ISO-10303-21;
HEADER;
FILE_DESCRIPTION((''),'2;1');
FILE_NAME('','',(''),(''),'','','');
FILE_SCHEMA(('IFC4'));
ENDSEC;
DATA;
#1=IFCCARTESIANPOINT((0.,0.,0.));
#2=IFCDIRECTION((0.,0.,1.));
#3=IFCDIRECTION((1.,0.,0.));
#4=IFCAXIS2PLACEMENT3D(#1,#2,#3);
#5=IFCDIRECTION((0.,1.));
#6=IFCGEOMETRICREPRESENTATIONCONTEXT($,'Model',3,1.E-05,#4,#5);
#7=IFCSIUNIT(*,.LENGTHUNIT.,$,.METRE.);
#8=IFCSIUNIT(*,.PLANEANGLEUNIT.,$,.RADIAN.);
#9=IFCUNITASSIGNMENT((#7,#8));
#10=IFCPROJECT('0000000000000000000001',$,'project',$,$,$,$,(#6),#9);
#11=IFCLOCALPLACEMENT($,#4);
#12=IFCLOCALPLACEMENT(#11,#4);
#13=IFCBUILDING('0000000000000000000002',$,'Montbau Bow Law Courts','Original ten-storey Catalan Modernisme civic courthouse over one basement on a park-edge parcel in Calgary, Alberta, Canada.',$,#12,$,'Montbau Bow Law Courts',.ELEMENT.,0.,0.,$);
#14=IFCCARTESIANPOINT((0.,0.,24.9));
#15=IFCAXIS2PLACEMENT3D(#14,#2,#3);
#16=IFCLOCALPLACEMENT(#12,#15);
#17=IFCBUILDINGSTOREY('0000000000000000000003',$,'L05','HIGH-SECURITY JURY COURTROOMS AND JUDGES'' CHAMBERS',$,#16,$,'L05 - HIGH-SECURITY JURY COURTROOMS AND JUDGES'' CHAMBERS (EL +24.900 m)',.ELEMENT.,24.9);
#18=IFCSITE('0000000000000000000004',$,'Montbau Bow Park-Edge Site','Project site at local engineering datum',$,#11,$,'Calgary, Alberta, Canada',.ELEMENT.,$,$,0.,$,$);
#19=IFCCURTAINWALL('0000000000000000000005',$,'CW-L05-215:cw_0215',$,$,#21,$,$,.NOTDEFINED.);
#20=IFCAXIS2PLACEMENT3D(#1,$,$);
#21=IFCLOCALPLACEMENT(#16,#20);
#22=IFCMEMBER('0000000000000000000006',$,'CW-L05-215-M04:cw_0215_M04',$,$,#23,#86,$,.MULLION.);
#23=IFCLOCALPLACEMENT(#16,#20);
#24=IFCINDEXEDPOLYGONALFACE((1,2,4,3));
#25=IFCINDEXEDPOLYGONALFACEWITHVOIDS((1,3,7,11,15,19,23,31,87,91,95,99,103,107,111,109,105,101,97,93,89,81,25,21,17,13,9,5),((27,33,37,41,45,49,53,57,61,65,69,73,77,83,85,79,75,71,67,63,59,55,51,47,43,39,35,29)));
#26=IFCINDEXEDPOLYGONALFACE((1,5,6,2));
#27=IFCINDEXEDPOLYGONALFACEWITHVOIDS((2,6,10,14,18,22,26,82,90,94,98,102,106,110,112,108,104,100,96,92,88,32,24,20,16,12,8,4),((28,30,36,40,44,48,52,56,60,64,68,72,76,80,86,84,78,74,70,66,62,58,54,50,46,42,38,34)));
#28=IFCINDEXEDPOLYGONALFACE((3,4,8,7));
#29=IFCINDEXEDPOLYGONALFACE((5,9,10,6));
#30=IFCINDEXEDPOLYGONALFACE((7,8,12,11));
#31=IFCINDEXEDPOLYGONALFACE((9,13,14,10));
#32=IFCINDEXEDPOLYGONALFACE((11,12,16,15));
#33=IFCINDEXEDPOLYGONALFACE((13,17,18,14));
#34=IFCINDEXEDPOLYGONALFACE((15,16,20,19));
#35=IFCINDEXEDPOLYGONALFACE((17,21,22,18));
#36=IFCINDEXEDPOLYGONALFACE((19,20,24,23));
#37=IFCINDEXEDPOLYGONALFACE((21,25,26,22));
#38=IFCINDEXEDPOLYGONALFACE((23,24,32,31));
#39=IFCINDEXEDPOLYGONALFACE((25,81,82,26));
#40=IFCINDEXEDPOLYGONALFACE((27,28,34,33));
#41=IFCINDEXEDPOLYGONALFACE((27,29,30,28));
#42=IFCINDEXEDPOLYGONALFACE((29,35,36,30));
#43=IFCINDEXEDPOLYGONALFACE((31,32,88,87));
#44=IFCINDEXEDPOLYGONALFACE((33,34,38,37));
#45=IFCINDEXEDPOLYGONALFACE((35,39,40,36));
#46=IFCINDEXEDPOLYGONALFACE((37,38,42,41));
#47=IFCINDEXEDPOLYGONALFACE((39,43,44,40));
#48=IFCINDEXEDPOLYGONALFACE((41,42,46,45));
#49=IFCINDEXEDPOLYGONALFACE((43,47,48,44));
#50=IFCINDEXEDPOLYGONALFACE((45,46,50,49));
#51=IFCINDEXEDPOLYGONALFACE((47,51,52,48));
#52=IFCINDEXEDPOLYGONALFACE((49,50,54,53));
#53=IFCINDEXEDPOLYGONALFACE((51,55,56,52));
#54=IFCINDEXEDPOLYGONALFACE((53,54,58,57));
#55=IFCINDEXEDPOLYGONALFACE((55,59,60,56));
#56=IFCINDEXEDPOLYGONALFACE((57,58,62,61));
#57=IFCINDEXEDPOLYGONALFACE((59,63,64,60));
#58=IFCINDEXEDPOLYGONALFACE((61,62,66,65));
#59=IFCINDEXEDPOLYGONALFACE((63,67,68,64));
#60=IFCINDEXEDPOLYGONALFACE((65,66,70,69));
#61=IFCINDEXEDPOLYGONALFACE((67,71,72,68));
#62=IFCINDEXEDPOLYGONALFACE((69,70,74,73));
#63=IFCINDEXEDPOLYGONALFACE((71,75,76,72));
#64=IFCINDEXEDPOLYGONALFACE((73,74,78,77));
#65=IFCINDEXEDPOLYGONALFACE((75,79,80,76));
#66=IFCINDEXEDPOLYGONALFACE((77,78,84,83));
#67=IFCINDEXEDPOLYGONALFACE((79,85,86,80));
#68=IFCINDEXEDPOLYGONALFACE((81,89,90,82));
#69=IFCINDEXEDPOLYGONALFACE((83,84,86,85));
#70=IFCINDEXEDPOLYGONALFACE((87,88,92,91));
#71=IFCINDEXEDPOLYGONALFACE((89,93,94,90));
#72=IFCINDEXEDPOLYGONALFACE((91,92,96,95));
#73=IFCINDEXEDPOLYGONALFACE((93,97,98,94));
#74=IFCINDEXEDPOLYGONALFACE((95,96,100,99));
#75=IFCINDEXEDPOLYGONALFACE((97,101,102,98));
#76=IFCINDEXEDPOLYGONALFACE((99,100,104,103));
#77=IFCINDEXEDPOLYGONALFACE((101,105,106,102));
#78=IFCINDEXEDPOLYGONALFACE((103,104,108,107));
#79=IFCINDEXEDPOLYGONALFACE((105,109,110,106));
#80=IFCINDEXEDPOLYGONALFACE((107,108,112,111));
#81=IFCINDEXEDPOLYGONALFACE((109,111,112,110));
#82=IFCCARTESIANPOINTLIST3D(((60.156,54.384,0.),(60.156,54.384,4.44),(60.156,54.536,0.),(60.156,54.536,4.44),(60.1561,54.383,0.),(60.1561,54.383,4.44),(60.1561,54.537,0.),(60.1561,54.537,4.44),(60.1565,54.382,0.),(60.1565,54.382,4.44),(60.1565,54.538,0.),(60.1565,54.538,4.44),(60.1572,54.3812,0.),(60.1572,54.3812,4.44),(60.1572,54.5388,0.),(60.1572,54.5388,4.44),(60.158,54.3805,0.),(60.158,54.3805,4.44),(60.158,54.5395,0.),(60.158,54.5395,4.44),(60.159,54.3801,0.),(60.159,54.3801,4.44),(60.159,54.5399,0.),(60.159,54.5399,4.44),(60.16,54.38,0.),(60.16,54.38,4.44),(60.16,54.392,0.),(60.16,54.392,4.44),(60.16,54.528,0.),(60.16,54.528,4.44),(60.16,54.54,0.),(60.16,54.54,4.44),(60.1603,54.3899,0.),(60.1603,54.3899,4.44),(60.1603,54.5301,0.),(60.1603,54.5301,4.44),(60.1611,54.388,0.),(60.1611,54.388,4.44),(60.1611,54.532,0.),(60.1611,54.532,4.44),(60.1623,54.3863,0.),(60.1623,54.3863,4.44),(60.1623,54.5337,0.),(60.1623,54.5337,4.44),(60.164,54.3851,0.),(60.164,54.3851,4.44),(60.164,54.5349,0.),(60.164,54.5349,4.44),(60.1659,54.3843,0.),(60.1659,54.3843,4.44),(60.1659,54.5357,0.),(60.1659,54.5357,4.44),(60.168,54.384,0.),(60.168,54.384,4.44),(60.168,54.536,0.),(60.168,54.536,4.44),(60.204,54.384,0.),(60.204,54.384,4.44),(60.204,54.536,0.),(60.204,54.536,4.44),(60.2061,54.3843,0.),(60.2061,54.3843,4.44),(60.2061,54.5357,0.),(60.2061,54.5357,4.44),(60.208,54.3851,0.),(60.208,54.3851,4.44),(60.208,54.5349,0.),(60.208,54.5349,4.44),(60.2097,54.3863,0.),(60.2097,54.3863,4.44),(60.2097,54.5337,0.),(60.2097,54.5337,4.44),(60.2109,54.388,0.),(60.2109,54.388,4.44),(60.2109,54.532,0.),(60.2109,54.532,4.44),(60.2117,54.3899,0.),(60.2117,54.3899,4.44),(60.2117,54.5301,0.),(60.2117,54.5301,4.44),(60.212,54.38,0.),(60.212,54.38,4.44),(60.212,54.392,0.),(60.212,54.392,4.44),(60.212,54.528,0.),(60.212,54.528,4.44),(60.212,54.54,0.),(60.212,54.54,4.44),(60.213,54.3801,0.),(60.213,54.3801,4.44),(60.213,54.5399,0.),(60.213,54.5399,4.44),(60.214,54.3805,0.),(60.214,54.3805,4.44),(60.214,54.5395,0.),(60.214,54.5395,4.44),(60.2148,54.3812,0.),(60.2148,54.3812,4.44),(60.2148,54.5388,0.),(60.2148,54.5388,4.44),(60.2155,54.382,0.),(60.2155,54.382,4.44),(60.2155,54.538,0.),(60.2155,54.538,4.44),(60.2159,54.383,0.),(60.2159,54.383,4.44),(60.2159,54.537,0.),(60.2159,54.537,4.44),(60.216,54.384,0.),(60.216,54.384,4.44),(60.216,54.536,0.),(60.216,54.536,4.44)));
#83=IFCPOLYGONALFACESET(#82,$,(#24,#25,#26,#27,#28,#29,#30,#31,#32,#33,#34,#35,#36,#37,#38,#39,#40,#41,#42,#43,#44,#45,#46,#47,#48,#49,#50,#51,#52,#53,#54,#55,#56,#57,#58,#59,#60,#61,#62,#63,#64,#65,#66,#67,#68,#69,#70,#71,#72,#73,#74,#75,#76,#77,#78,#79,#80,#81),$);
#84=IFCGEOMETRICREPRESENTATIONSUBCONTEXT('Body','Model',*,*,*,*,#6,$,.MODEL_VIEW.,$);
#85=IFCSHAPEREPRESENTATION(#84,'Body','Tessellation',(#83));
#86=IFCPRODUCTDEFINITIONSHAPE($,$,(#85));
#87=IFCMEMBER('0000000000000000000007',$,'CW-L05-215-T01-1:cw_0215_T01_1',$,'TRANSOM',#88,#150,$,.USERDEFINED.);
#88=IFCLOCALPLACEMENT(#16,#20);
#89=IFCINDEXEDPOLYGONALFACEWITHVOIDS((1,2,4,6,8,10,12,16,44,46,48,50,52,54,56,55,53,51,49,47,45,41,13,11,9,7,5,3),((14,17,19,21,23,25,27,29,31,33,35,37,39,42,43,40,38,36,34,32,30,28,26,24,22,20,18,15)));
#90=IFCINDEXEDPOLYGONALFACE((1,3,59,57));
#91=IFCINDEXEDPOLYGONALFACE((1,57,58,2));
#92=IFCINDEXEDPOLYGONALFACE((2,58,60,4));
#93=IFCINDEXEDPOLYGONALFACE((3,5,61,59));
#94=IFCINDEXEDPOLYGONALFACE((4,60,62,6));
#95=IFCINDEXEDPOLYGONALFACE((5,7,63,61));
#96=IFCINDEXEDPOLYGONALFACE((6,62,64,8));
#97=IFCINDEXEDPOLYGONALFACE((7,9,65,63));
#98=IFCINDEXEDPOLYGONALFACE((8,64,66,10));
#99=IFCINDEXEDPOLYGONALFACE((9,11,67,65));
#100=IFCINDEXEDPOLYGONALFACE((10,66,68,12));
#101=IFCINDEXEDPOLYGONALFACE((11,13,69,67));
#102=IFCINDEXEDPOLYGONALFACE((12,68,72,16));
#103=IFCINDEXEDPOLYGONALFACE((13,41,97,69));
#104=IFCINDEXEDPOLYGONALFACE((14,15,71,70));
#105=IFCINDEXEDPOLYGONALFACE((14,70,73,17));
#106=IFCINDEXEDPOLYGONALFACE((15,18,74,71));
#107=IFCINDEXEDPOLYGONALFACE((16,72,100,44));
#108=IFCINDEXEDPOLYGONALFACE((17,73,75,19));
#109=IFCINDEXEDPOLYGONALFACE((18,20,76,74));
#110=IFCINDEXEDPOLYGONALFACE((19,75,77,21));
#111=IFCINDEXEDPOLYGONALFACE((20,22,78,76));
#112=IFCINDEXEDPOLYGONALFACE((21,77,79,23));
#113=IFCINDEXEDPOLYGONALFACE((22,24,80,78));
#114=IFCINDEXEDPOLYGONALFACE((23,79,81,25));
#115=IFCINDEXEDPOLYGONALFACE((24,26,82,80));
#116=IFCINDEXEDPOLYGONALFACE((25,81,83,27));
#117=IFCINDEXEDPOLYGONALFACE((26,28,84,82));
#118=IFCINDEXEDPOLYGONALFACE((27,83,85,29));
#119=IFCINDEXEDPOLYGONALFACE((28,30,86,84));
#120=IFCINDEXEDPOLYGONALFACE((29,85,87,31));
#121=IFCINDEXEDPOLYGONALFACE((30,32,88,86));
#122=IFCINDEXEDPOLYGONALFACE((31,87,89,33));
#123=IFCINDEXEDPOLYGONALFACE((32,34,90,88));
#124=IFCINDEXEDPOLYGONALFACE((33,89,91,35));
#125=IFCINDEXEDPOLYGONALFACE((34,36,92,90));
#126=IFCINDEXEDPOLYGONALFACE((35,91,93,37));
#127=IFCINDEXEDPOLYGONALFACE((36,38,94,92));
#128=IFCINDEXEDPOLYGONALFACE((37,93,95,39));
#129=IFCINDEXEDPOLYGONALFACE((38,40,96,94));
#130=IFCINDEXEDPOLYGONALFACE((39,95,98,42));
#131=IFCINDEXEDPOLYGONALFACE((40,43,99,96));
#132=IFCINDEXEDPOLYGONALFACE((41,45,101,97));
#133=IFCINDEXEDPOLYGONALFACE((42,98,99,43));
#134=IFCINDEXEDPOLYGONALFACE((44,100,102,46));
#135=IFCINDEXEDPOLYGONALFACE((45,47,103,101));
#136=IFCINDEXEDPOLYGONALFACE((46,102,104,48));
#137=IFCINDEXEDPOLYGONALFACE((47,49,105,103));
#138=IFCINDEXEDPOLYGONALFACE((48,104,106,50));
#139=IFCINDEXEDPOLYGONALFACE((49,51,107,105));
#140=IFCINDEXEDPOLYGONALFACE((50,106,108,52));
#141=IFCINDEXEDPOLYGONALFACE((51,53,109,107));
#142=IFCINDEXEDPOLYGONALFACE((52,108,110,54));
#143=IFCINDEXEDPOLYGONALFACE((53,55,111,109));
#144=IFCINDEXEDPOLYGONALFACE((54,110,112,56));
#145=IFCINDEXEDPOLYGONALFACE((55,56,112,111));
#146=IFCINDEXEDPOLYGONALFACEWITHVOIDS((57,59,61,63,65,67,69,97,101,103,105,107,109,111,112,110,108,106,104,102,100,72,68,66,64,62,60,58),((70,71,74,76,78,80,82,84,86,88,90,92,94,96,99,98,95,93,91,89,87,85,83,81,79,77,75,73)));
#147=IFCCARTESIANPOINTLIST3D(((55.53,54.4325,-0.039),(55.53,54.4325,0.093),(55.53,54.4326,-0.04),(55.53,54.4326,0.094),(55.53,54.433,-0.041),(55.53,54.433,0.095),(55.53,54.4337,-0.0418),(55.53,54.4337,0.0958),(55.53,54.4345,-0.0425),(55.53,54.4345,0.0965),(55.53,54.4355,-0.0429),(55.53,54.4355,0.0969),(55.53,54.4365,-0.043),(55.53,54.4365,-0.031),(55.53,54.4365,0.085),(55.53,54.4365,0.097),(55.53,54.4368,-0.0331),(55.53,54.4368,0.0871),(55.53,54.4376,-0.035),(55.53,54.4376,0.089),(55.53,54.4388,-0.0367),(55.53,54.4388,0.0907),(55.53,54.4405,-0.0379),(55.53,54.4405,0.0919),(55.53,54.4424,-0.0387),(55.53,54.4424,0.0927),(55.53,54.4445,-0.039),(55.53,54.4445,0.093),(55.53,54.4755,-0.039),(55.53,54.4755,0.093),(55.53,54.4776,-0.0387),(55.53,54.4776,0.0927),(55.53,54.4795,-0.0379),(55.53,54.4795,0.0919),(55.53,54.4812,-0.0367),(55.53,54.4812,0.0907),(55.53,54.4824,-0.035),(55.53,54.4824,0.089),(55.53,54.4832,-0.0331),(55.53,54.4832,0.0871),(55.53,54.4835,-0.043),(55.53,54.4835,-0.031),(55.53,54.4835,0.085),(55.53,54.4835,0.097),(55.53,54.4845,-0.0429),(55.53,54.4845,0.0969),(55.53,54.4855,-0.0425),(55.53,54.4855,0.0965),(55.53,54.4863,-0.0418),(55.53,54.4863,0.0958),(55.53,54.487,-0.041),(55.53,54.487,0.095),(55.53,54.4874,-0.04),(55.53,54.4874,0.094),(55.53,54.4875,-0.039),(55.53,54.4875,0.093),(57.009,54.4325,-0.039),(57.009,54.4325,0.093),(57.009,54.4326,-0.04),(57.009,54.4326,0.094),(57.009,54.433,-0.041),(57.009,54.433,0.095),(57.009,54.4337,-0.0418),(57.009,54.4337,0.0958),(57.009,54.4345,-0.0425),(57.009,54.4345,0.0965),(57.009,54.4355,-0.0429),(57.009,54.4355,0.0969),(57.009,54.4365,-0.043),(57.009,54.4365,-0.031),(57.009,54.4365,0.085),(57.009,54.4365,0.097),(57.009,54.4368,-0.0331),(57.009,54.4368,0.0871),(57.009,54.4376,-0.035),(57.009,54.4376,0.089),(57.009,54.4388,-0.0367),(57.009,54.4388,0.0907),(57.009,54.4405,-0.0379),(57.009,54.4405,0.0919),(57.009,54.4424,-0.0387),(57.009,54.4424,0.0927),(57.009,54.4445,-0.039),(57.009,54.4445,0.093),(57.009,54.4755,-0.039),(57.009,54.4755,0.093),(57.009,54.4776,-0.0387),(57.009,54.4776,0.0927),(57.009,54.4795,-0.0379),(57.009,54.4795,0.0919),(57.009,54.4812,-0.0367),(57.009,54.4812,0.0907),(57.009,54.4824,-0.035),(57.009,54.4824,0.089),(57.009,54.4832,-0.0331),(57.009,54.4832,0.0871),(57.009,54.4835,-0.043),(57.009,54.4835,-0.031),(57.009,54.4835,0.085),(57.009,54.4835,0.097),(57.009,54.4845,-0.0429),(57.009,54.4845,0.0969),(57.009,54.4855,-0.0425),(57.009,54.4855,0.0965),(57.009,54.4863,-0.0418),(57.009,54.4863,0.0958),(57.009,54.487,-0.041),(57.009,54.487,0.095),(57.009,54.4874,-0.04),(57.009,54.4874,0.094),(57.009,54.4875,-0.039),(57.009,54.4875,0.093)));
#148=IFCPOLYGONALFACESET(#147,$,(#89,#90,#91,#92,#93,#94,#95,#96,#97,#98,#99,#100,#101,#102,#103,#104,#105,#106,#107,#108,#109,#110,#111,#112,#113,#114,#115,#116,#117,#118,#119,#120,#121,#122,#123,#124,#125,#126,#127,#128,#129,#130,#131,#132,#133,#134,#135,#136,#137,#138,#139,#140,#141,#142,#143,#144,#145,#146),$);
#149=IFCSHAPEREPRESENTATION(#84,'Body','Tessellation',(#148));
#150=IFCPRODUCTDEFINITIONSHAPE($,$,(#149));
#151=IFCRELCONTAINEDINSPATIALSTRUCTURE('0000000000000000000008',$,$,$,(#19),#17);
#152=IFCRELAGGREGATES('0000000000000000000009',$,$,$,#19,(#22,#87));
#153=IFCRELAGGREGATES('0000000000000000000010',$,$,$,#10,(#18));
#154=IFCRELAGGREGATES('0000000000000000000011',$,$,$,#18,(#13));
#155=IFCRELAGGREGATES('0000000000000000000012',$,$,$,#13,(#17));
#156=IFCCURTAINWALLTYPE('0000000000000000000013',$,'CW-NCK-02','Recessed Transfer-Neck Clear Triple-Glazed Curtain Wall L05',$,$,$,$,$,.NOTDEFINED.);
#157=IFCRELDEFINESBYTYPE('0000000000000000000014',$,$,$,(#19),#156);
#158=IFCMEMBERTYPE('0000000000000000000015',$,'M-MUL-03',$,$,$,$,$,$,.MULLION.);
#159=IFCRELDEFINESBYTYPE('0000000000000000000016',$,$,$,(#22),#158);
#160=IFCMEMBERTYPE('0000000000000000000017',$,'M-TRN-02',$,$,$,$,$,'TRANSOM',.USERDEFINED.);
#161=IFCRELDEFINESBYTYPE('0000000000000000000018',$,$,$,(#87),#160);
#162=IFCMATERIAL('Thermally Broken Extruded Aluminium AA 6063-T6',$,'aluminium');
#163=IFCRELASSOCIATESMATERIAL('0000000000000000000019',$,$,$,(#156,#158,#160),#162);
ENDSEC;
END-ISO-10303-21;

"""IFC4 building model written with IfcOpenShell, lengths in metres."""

from ifc_helpers import new_model, si_unit, direction, frame, origin_with_axes, origin_2d_with_axis, place, context, subcontext, project, spatial, hollow_rectangle, extrude, material, material_profile, profile_set, type_object, element, aggregate, save


model = new_model("IFC4")

# Units and contexts
model_context = context("Model", 3, precision=1e-05, world=origin_with_axes(), true_north=direction((0.0, 1.0)))
body_context = subcontext(model_context, "Body", "Model", "MODEL_VIEW")
ifc_project = project(units=[si_unit("LENGTHUNIT", "METRE"), si_unit("PLANEANGLEUNIT", "RADIAN")], contexts=[model_context])

# Site, building, storey
site_placement = place(None, origin_with_axes())
site = spatial("IfcSite", under=ifc_project, at=site_placement, Name="Montbau Bow Park-Edge Site", Description="Project site at local engineering datum", LongName="Calgary, Alberta, Canada", CompositionType="ELEMENT", RefElevation=0.0)
building_placement = place(site_placement, origin_with_axes())
building = spatial("IfcBuilding", under=site, at=building_placement, Name="Montbau Bow Law Courts", Description="Original ten-storey Catalan Modernisme civic courthouse over one basement on a park-edge parcel in Calgary, Alberta, Canada.", LongName="Montbau Bow Law Courts", CompositionType="ELEMENT", ElevationOfRefHeight=0.0, ElevationOfTerrain=0.0)
storey_placement = place(building_placement, frame((0.0, 0.0, 24.9), z_axis=(0.0, 0.0, 1.0), x_axis=(1.0, 0.0, 0.0)))
storey = spatial("IfcBuildingStorey", under=building, at=storey_placement, Name="L05", Description="HIGH-SECURITY JURY COURTROOMS AND JUDGES' CHAMBERS", LongName="L05 - HIGH-SECURITY JURY COURTROOMS AND JUDGES' CHAMBERS (EL +24.900 m)", CompositionType="ELEMENT", Elevation=24.9)

# Curtain wall, members
ifc_material_1 = material(Name="Thermally Broken Extruded Aluminium AA 6063-T6", Category="aluminium")
curtain_wall_type = type_object("IfcCurtainWallType", Name="CW-NCK-02", Description="Recessed Transfer-Neck Clear Triple-Glazed Curtain Wall L05", PredefinedType="NOTDEFINED", material=ifc_material_1)
curtain_wall_placement = place(None, frame((55.468, 54.46, 24.9), z_axis=(0.0, 0.0, 1.0), x_axis=(1.0, 0.0, 0.0)))
curtain_wall = element("IfcCurtainWall", 1, at=curtain_wall_placement, inside=storey, type_object=curtain_wall_type, Name="CW-L05-215:cw_0215", PredefinedType="NOTDEFINED")
ifc_material_profile_1 = material_profile(ifc_material_1, hollow_rectangle(XDim=0.06, YDim=0.16, WallThickness=0.004, InnerFilletRadius=0.008, OuterFilletRadius=0.004, at=origin_2d_with_axis()), Name="CWM-160X60", Category="Main", Priority=0)
ifc_profile_set_1 = profile_set([ifc_material_profile_1], Name="Thermally Broken Extruded Aluminium AA 6063-T6")
member_type_1 = type_object("IfcMemberType", Name="M-MUL-03", PredefinedType="MULLION", material=ifc_profile_set_1)
member_1_placement = place(None, frame((60.186, 54.46, 24.9), z_axis=(0.0, 0.0, 1.0), x_axis=(1.0, 0.0, 0.0)))
member_1 = element("IfcMember", 2, at=member_1_placement, type_object=member_type_1, Name="CW-L05-215-M04:cw_0215_M04", PredefinedType="MULLION", context=body_context, shape_type="SweptSolid", body=[
    extrude(hollow_rectangle(XDim=0.06, YDim=0.16, WallThickness=0.004, InnerFilletRadius=0.008, OuterFilletRadius=0.004, at=origin_2d_with_axis()), origin_with_axes(), (0.0, 0.0, 1.0), 4.44),
])
ifc_material_profile_2 = material_profile(ifc_material_1, hollow_rectangle(XDim=0.055, YDim=0.14, WallThickness=0.004, InnerFilletRadius=0.008, OuterFilletRadius=0.004, at=origin_2d_with_axis()), Name="CWT-140X55", Category="Main", Priority=0)
ifc_profile_set_2 = profile_set([ifc_material_profile_2], Name="Thermally Broken Extruded Aluminium AA 6063-T6")
member_type_2 = type_object("IfcMemberType", Name="M-TRN-02", ElementType="TRANSOM", PredefinedType="USERDEFINED", material=ifc_profile_set_2)
member_2_placement = place(None, frame((55.53, 54.46, 24.927), z_axis=(1.0, 0.0, 0.0), x_axis=(0.0, 1.0, 0.0)))
member_2 = element("IfcMember", 3, at=member_2_placement, type_object=member_type_2, Name="CW-L05-215-T01-1:cw_0215_T01_1", ObjectType="TRANSOM", PredefinedType="USERDEFINED", context=body_context, shape_type="SweptSolid", body=[
    extrude(hollow_rectangle(XDim=0.055, YDim=0.14, WallThickness=0.004, InnerFilletRadius=0.008, OuterFilletRadius=0.004, at=origin_2d_with_axis()), origin_with_axes(), (0.0, 0.0, 1.0), 1.479),
])
aggregate(curtain_wall, [member_1, member_2])

save(model, "model.ifc")
